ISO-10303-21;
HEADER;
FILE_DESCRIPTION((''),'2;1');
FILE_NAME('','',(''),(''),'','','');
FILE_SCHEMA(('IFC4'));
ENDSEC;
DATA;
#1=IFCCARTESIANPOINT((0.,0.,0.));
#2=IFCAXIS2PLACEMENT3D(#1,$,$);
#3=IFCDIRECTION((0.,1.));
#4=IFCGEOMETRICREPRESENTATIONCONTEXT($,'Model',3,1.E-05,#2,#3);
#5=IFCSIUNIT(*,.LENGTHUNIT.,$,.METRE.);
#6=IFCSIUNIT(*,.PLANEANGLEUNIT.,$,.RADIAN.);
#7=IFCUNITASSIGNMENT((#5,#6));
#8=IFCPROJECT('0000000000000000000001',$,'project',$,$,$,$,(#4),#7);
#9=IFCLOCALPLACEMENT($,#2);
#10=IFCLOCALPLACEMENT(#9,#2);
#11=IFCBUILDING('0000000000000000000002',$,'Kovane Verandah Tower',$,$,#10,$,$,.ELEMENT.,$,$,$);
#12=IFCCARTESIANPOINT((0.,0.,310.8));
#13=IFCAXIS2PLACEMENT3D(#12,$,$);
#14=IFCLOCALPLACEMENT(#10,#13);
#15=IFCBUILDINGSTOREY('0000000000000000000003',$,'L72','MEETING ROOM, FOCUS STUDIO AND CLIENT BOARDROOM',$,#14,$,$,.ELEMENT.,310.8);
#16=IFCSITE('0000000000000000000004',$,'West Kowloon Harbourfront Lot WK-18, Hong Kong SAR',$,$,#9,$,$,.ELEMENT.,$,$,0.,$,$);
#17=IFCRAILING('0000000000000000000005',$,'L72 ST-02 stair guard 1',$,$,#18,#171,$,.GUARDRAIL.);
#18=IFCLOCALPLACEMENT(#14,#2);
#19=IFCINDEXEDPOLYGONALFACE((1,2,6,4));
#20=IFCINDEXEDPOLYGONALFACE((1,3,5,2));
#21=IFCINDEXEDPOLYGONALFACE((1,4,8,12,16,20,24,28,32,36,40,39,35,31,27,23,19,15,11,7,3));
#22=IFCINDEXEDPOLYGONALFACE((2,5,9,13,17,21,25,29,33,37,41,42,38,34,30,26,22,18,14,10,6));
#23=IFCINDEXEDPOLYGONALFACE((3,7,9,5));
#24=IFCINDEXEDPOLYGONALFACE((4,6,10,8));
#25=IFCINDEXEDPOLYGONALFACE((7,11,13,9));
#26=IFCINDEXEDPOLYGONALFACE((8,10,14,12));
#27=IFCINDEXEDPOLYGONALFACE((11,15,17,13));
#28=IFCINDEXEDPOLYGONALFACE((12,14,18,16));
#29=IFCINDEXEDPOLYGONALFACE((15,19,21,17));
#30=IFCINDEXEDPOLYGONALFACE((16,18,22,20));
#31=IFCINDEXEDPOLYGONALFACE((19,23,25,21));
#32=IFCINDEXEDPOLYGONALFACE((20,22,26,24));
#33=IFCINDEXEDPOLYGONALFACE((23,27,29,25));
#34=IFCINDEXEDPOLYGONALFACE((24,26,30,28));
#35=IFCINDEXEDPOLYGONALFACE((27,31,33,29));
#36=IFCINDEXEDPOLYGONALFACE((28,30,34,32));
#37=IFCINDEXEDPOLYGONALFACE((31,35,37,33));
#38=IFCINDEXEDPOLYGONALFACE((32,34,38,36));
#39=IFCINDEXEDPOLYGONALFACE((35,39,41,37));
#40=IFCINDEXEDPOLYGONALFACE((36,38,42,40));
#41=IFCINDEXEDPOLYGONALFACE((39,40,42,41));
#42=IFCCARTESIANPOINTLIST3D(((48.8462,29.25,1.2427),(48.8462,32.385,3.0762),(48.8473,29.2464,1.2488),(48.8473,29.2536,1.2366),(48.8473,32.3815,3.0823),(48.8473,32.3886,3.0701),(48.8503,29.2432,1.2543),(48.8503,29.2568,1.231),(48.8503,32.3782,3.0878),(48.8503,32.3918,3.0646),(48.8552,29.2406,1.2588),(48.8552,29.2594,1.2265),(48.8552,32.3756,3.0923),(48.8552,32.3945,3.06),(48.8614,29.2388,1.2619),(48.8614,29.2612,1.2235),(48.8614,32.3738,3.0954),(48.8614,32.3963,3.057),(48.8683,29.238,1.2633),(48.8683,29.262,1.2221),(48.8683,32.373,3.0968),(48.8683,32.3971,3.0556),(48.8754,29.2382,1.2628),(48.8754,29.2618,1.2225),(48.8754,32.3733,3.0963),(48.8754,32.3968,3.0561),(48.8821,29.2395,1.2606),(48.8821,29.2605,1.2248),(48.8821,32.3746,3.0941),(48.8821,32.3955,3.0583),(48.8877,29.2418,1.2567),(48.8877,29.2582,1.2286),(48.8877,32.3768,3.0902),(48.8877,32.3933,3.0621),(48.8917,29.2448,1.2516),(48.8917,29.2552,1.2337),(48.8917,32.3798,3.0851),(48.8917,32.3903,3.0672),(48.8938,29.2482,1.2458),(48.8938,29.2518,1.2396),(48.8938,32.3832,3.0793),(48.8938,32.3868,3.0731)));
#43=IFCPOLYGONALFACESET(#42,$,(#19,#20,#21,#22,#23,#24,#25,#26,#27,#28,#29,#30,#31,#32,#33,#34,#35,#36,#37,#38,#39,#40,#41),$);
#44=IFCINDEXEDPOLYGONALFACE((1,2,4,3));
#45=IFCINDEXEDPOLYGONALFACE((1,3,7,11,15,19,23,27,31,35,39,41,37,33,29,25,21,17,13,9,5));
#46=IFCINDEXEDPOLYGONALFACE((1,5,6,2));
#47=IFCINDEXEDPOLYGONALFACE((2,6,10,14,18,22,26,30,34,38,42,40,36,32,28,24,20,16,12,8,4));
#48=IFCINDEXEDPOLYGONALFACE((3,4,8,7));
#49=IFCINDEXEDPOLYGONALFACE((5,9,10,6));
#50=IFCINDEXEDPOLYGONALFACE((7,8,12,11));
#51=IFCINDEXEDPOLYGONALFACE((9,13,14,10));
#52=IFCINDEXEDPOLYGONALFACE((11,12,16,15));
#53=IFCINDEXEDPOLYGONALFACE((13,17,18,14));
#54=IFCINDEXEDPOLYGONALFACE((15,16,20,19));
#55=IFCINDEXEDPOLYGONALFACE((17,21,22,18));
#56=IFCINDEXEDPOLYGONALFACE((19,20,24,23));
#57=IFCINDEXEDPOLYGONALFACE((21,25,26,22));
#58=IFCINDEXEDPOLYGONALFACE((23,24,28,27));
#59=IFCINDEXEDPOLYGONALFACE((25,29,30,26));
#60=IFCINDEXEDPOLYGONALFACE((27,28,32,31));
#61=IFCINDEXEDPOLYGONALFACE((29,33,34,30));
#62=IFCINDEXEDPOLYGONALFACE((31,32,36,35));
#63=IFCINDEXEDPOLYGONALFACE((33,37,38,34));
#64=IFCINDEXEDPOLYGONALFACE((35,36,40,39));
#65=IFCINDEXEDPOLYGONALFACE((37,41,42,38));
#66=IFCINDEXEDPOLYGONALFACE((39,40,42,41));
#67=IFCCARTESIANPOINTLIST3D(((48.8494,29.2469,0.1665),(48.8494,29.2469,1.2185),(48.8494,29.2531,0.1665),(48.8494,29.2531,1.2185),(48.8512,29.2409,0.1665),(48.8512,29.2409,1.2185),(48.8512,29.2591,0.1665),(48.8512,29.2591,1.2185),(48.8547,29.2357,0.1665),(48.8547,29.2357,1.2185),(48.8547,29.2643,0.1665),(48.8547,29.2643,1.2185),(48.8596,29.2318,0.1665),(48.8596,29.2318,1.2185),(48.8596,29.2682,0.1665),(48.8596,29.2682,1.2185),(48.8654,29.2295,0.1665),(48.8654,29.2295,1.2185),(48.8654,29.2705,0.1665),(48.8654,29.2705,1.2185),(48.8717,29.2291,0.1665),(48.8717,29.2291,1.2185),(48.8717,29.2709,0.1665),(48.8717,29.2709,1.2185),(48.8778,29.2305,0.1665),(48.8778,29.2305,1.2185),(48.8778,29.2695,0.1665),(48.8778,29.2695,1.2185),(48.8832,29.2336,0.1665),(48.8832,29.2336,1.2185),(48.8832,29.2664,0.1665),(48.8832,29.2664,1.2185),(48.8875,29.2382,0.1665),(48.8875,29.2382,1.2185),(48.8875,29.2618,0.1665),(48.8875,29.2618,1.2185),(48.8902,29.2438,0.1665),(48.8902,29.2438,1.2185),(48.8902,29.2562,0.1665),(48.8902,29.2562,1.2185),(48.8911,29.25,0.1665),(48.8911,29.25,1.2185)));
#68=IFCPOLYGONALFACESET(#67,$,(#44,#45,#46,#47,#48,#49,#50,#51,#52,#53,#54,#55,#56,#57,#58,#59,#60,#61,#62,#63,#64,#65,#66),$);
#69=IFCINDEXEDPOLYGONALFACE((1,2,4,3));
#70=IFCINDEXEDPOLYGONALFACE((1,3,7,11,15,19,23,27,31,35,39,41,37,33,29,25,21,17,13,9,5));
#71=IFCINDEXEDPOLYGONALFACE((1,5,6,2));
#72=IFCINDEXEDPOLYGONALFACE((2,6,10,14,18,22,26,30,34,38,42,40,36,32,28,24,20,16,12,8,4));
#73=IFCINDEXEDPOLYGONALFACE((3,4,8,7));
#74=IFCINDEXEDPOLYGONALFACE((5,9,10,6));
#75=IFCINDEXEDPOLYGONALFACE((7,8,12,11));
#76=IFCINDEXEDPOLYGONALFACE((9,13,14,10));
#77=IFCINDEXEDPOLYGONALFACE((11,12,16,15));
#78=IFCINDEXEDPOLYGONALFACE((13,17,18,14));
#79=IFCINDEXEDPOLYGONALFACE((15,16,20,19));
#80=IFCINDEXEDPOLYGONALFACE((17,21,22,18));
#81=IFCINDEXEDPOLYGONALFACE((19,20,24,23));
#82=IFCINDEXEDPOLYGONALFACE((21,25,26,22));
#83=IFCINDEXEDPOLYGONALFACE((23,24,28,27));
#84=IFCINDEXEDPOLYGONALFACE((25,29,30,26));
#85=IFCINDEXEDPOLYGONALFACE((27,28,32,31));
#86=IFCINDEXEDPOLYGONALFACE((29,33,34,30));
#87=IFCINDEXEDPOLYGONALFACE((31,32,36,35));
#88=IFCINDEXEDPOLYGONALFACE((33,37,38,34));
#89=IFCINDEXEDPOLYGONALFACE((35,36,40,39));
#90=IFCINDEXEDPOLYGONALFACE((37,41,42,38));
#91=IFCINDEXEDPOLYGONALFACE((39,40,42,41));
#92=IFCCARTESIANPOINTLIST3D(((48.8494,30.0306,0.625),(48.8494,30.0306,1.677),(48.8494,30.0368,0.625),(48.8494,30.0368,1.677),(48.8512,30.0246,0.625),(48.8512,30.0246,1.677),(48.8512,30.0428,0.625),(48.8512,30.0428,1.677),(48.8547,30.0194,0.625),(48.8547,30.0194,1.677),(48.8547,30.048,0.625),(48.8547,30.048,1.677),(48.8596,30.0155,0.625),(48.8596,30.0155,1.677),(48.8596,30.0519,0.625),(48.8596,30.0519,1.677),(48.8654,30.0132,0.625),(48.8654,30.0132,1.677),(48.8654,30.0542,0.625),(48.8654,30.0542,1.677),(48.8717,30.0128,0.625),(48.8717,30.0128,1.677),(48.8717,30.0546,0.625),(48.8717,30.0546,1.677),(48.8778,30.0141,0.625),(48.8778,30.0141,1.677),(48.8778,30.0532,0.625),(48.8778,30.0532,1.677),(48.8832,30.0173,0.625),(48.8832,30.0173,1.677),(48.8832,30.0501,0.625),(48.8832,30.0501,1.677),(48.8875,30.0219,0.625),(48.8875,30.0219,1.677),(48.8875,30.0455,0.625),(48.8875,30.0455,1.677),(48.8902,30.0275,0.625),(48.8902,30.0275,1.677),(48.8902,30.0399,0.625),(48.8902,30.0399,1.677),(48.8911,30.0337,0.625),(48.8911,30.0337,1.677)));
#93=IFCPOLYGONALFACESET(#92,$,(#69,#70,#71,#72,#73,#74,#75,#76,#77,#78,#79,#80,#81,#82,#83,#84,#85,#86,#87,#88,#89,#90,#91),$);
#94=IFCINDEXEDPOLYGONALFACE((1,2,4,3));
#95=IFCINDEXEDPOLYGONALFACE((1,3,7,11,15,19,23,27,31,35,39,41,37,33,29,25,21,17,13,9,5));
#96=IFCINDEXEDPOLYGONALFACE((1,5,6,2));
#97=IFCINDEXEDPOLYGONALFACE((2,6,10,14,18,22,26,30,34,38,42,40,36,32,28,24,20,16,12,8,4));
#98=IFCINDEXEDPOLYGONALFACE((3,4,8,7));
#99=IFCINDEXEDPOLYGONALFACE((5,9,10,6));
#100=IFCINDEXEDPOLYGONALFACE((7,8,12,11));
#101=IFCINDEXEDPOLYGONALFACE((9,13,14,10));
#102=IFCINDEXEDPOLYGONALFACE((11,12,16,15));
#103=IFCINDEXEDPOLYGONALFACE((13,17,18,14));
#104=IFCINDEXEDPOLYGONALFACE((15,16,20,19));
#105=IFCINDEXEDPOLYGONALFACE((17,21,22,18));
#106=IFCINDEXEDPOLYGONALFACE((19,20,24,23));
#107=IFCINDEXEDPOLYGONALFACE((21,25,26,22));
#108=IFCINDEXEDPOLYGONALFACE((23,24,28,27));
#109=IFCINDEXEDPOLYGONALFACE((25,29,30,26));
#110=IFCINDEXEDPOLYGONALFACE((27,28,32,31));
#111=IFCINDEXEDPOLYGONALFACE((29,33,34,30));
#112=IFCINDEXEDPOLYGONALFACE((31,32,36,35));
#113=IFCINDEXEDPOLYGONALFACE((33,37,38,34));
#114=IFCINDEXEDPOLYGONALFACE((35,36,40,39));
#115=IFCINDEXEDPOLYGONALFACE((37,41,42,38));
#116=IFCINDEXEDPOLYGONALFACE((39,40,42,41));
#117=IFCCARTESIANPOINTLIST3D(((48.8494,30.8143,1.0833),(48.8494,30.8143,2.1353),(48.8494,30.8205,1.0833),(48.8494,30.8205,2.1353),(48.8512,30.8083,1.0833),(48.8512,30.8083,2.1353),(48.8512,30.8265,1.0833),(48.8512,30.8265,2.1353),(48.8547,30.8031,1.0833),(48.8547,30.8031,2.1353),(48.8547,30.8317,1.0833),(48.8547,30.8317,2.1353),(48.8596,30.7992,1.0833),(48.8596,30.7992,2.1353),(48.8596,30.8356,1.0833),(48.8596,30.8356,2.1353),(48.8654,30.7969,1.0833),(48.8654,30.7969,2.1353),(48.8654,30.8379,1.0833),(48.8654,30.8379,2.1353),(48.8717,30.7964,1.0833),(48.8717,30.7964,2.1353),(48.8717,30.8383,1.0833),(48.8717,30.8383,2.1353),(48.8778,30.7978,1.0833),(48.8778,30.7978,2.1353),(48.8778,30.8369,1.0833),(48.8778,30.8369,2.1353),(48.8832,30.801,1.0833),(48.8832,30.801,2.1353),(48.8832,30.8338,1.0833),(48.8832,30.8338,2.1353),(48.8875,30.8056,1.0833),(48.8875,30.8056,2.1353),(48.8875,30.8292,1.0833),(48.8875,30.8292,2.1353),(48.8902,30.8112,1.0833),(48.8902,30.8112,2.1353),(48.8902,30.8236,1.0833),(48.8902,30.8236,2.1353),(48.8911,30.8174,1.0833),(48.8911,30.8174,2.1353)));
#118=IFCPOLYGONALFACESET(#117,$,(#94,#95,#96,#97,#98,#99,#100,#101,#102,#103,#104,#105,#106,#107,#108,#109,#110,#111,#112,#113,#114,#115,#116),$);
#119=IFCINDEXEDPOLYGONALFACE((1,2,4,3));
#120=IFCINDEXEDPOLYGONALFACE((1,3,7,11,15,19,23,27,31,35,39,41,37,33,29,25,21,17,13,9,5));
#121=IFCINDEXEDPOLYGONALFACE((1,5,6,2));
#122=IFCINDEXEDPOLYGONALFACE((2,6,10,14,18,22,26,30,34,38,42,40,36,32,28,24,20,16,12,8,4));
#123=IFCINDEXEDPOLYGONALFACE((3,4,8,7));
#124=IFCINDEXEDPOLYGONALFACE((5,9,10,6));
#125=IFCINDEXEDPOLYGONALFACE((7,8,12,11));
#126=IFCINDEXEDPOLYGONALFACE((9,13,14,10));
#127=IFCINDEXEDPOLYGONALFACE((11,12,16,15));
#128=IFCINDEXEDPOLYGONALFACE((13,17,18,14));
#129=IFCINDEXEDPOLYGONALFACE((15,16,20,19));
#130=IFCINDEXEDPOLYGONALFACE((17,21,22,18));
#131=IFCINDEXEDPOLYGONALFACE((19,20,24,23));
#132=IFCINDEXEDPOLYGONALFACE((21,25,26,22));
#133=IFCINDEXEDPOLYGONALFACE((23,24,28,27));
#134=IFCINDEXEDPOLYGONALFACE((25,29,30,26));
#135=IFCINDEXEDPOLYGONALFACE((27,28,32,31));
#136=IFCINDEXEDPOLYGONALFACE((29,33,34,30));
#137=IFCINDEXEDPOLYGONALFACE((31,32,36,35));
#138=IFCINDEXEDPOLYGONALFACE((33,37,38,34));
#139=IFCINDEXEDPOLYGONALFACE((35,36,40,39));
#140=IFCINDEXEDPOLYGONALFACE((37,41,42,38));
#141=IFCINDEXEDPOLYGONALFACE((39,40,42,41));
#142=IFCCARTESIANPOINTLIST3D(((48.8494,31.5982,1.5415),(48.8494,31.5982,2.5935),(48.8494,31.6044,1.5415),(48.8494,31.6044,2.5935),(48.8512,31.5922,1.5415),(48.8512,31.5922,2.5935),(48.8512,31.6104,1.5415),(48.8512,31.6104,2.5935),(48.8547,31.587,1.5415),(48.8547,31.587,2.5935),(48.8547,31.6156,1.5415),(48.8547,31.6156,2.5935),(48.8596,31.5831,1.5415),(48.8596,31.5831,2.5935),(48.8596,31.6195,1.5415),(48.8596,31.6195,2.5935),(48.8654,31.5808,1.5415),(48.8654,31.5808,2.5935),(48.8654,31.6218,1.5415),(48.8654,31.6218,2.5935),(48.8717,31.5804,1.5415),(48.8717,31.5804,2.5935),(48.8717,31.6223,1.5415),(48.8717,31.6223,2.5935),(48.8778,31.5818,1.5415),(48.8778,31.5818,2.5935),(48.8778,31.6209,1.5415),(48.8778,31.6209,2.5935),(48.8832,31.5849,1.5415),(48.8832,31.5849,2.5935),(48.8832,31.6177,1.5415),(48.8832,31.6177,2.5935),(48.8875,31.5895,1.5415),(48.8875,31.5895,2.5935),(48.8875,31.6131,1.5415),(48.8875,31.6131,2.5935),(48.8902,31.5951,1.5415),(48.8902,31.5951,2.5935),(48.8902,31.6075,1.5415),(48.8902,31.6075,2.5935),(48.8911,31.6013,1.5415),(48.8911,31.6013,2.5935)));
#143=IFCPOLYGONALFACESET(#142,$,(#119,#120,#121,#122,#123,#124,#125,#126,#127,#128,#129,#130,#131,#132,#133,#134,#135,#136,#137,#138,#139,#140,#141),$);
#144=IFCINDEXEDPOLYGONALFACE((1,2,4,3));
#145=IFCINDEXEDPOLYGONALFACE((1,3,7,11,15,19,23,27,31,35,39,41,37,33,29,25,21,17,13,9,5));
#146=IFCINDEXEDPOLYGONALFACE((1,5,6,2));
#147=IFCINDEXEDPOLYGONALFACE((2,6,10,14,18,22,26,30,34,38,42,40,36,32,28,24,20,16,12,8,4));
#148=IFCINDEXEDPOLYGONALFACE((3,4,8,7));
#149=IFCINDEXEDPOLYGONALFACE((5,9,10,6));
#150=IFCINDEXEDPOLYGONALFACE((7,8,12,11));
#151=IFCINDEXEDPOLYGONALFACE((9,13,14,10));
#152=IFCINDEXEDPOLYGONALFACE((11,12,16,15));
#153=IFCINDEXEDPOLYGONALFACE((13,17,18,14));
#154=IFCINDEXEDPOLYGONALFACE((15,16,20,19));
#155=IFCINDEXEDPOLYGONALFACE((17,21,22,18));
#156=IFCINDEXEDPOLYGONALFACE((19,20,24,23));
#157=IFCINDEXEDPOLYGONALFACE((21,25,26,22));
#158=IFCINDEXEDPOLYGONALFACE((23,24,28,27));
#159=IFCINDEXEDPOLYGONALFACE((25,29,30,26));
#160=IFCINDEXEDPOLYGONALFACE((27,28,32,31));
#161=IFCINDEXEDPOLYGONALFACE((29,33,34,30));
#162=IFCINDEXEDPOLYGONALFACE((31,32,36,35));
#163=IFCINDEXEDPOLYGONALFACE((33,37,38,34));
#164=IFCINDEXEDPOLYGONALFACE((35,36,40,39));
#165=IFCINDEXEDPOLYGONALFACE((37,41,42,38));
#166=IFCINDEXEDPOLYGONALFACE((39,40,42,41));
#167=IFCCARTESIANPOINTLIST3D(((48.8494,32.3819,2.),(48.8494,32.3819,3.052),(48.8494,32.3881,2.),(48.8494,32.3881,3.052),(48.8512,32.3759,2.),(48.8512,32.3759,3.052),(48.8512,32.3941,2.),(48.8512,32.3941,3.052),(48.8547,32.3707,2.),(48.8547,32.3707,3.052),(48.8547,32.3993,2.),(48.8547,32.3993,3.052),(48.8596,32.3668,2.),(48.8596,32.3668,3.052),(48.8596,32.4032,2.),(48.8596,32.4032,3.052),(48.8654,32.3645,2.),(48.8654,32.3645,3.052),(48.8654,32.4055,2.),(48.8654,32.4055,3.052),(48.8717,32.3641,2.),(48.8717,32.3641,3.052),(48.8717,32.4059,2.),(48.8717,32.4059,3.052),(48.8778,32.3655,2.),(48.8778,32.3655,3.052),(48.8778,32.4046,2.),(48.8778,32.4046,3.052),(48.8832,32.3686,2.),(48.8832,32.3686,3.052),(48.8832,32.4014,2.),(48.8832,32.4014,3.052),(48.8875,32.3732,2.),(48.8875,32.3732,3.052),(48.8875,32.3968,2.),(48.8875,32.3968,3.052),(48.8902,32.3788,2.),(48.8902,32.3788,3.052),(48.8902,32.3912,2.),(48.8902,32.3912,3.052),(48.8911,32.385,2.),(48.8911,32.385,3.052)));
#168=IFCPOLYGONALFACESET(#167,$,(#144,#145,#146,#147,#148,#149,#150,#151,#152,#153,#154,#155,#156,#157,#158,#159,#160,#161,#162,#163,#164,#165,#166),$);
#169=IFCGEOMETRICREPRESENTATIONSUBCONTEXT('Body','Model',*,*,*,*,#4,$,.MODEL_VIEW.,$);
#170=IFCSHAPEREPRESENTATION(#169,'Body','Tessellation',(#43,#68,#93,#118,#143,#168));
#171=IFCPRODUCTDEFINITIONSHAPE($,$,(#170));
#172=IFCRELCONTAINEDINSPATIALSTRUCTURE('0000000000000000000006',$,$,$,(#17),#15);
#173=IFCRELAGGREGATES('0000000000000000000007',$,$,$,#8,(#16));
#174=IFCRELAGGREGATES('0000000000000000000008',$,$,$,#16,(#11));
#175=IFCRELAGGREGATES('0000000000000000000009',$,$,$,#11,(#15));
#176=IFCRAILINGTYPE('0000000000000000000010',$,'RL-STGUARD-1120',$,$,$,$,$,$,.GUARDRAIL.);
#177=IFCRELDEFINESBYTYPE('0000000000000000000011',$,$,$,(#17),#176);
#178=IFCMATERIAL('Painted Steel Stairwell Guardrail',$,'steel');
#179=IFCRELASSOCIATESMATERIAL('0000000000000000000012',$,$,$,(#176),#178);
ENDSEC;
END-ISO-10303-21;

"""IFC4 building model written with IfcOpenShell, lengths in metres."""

from ifc_helpers import new_model, si_unit, direction, frame, origin, origin_2d, place, context, subcontext, project, spatial, circle, extrude, material, type_object, element, save


model = new_model("IFC4")

# Units and contexts
model_context = context("Model", 3, precision=1e-05, world=origin(), true_north=direction((0.0, 1.0)))
body_context = subcontext(model_context, "Body", "Model", "MODEL_VIEW")
ifc_project = project(units=[si_unit("LENGTHUNIT", "METRE"), si_unit("PLANEANGLEUNIT", "RADIAN")], contexts=[model_context])

# Site, building, storey
site_placement = place(None, origin())
site = spatial("IfcSite", under=ifc_project, at=site_placement, Name="West Kowloon Harbourfront Lot WK-18, Hong Kong SAR", CompositionType="ELEMENT", RefElevation=0.0)
building_placement = place(site_placement, origin())
building = spatial("IfcBuilding", under=site, at=building_placement, Name="Kovane Verandah Tower", CompositionType="ELEMENT")
storey_placement = place(building_placement, frame((0.0, 0.0, 310.8)))
storey = spatial("IfcBuildingStorey", under=building, at=storey_placement, Name="L72", Description="MEETING ROOM, FOCUS STUDIO AND CLIENT BOARDROOM", CompositionType="ELEMENT", Elevation=310.8)

# Railing
ifc_material_1 = material(Name="Painted Steel Stairwell Guardrail", Category="steel")
railing_type_1 = type_object("IfcRailingType", Name="RL-STGUARD-1120", PredefinedType="GUARDRAIL", material=ifc_material_1)
railing_1_placement = place(storey_placement, frame((48.8701, 29.25, 0.1665)))
element("IfcRailing", 1, at=railing_1_placement, inside=storey, type_object=railing_type_1, Name="L72 ST-02 stair guard 1", PredefinedType="GUARDRAIL", context=body_context, shape_type="SweptSolid", body=[
    extrude(circle(Radius=0.0239, at=origin_2d()), frame((0.0, 0.0, 1.0762), z_axis=(0.0, 0.86321, 0.504845), x_axis=(-1.0, 0.0, 0.0)), (0.0, 0.0, 1.0), 3.6318),
    extrude(circle(Radius=0.021, at=origin_2d()), origin(), (0.0, 0.0, 1.0), 1.052),
    extrude(circle(Radius=0.021, at=origin_2d()), frame((0.0, 0.7837, 0.4585)), (0.0, 0.0, 1.0), 1.052),
    extrude(circle(Radius=0.021, at=origin_2d()), frame((0.0, 1.5674, 0.9167)), (0.0, 0.0, 1.0), 1.052),
    extrude(circle(Radius=0.021, at=origin_2d()), frame((0.0, 2.3513, 1.375)), (0.0, 0.0, 1.0), 1.052),
    extrude(circle(Radius=0.021, at=origin_2d()), frame((0.0, 3.135, 1.8335)), (0.0, 0.0, 1.0), 1.052),
])

save(model, "model.ifc")
